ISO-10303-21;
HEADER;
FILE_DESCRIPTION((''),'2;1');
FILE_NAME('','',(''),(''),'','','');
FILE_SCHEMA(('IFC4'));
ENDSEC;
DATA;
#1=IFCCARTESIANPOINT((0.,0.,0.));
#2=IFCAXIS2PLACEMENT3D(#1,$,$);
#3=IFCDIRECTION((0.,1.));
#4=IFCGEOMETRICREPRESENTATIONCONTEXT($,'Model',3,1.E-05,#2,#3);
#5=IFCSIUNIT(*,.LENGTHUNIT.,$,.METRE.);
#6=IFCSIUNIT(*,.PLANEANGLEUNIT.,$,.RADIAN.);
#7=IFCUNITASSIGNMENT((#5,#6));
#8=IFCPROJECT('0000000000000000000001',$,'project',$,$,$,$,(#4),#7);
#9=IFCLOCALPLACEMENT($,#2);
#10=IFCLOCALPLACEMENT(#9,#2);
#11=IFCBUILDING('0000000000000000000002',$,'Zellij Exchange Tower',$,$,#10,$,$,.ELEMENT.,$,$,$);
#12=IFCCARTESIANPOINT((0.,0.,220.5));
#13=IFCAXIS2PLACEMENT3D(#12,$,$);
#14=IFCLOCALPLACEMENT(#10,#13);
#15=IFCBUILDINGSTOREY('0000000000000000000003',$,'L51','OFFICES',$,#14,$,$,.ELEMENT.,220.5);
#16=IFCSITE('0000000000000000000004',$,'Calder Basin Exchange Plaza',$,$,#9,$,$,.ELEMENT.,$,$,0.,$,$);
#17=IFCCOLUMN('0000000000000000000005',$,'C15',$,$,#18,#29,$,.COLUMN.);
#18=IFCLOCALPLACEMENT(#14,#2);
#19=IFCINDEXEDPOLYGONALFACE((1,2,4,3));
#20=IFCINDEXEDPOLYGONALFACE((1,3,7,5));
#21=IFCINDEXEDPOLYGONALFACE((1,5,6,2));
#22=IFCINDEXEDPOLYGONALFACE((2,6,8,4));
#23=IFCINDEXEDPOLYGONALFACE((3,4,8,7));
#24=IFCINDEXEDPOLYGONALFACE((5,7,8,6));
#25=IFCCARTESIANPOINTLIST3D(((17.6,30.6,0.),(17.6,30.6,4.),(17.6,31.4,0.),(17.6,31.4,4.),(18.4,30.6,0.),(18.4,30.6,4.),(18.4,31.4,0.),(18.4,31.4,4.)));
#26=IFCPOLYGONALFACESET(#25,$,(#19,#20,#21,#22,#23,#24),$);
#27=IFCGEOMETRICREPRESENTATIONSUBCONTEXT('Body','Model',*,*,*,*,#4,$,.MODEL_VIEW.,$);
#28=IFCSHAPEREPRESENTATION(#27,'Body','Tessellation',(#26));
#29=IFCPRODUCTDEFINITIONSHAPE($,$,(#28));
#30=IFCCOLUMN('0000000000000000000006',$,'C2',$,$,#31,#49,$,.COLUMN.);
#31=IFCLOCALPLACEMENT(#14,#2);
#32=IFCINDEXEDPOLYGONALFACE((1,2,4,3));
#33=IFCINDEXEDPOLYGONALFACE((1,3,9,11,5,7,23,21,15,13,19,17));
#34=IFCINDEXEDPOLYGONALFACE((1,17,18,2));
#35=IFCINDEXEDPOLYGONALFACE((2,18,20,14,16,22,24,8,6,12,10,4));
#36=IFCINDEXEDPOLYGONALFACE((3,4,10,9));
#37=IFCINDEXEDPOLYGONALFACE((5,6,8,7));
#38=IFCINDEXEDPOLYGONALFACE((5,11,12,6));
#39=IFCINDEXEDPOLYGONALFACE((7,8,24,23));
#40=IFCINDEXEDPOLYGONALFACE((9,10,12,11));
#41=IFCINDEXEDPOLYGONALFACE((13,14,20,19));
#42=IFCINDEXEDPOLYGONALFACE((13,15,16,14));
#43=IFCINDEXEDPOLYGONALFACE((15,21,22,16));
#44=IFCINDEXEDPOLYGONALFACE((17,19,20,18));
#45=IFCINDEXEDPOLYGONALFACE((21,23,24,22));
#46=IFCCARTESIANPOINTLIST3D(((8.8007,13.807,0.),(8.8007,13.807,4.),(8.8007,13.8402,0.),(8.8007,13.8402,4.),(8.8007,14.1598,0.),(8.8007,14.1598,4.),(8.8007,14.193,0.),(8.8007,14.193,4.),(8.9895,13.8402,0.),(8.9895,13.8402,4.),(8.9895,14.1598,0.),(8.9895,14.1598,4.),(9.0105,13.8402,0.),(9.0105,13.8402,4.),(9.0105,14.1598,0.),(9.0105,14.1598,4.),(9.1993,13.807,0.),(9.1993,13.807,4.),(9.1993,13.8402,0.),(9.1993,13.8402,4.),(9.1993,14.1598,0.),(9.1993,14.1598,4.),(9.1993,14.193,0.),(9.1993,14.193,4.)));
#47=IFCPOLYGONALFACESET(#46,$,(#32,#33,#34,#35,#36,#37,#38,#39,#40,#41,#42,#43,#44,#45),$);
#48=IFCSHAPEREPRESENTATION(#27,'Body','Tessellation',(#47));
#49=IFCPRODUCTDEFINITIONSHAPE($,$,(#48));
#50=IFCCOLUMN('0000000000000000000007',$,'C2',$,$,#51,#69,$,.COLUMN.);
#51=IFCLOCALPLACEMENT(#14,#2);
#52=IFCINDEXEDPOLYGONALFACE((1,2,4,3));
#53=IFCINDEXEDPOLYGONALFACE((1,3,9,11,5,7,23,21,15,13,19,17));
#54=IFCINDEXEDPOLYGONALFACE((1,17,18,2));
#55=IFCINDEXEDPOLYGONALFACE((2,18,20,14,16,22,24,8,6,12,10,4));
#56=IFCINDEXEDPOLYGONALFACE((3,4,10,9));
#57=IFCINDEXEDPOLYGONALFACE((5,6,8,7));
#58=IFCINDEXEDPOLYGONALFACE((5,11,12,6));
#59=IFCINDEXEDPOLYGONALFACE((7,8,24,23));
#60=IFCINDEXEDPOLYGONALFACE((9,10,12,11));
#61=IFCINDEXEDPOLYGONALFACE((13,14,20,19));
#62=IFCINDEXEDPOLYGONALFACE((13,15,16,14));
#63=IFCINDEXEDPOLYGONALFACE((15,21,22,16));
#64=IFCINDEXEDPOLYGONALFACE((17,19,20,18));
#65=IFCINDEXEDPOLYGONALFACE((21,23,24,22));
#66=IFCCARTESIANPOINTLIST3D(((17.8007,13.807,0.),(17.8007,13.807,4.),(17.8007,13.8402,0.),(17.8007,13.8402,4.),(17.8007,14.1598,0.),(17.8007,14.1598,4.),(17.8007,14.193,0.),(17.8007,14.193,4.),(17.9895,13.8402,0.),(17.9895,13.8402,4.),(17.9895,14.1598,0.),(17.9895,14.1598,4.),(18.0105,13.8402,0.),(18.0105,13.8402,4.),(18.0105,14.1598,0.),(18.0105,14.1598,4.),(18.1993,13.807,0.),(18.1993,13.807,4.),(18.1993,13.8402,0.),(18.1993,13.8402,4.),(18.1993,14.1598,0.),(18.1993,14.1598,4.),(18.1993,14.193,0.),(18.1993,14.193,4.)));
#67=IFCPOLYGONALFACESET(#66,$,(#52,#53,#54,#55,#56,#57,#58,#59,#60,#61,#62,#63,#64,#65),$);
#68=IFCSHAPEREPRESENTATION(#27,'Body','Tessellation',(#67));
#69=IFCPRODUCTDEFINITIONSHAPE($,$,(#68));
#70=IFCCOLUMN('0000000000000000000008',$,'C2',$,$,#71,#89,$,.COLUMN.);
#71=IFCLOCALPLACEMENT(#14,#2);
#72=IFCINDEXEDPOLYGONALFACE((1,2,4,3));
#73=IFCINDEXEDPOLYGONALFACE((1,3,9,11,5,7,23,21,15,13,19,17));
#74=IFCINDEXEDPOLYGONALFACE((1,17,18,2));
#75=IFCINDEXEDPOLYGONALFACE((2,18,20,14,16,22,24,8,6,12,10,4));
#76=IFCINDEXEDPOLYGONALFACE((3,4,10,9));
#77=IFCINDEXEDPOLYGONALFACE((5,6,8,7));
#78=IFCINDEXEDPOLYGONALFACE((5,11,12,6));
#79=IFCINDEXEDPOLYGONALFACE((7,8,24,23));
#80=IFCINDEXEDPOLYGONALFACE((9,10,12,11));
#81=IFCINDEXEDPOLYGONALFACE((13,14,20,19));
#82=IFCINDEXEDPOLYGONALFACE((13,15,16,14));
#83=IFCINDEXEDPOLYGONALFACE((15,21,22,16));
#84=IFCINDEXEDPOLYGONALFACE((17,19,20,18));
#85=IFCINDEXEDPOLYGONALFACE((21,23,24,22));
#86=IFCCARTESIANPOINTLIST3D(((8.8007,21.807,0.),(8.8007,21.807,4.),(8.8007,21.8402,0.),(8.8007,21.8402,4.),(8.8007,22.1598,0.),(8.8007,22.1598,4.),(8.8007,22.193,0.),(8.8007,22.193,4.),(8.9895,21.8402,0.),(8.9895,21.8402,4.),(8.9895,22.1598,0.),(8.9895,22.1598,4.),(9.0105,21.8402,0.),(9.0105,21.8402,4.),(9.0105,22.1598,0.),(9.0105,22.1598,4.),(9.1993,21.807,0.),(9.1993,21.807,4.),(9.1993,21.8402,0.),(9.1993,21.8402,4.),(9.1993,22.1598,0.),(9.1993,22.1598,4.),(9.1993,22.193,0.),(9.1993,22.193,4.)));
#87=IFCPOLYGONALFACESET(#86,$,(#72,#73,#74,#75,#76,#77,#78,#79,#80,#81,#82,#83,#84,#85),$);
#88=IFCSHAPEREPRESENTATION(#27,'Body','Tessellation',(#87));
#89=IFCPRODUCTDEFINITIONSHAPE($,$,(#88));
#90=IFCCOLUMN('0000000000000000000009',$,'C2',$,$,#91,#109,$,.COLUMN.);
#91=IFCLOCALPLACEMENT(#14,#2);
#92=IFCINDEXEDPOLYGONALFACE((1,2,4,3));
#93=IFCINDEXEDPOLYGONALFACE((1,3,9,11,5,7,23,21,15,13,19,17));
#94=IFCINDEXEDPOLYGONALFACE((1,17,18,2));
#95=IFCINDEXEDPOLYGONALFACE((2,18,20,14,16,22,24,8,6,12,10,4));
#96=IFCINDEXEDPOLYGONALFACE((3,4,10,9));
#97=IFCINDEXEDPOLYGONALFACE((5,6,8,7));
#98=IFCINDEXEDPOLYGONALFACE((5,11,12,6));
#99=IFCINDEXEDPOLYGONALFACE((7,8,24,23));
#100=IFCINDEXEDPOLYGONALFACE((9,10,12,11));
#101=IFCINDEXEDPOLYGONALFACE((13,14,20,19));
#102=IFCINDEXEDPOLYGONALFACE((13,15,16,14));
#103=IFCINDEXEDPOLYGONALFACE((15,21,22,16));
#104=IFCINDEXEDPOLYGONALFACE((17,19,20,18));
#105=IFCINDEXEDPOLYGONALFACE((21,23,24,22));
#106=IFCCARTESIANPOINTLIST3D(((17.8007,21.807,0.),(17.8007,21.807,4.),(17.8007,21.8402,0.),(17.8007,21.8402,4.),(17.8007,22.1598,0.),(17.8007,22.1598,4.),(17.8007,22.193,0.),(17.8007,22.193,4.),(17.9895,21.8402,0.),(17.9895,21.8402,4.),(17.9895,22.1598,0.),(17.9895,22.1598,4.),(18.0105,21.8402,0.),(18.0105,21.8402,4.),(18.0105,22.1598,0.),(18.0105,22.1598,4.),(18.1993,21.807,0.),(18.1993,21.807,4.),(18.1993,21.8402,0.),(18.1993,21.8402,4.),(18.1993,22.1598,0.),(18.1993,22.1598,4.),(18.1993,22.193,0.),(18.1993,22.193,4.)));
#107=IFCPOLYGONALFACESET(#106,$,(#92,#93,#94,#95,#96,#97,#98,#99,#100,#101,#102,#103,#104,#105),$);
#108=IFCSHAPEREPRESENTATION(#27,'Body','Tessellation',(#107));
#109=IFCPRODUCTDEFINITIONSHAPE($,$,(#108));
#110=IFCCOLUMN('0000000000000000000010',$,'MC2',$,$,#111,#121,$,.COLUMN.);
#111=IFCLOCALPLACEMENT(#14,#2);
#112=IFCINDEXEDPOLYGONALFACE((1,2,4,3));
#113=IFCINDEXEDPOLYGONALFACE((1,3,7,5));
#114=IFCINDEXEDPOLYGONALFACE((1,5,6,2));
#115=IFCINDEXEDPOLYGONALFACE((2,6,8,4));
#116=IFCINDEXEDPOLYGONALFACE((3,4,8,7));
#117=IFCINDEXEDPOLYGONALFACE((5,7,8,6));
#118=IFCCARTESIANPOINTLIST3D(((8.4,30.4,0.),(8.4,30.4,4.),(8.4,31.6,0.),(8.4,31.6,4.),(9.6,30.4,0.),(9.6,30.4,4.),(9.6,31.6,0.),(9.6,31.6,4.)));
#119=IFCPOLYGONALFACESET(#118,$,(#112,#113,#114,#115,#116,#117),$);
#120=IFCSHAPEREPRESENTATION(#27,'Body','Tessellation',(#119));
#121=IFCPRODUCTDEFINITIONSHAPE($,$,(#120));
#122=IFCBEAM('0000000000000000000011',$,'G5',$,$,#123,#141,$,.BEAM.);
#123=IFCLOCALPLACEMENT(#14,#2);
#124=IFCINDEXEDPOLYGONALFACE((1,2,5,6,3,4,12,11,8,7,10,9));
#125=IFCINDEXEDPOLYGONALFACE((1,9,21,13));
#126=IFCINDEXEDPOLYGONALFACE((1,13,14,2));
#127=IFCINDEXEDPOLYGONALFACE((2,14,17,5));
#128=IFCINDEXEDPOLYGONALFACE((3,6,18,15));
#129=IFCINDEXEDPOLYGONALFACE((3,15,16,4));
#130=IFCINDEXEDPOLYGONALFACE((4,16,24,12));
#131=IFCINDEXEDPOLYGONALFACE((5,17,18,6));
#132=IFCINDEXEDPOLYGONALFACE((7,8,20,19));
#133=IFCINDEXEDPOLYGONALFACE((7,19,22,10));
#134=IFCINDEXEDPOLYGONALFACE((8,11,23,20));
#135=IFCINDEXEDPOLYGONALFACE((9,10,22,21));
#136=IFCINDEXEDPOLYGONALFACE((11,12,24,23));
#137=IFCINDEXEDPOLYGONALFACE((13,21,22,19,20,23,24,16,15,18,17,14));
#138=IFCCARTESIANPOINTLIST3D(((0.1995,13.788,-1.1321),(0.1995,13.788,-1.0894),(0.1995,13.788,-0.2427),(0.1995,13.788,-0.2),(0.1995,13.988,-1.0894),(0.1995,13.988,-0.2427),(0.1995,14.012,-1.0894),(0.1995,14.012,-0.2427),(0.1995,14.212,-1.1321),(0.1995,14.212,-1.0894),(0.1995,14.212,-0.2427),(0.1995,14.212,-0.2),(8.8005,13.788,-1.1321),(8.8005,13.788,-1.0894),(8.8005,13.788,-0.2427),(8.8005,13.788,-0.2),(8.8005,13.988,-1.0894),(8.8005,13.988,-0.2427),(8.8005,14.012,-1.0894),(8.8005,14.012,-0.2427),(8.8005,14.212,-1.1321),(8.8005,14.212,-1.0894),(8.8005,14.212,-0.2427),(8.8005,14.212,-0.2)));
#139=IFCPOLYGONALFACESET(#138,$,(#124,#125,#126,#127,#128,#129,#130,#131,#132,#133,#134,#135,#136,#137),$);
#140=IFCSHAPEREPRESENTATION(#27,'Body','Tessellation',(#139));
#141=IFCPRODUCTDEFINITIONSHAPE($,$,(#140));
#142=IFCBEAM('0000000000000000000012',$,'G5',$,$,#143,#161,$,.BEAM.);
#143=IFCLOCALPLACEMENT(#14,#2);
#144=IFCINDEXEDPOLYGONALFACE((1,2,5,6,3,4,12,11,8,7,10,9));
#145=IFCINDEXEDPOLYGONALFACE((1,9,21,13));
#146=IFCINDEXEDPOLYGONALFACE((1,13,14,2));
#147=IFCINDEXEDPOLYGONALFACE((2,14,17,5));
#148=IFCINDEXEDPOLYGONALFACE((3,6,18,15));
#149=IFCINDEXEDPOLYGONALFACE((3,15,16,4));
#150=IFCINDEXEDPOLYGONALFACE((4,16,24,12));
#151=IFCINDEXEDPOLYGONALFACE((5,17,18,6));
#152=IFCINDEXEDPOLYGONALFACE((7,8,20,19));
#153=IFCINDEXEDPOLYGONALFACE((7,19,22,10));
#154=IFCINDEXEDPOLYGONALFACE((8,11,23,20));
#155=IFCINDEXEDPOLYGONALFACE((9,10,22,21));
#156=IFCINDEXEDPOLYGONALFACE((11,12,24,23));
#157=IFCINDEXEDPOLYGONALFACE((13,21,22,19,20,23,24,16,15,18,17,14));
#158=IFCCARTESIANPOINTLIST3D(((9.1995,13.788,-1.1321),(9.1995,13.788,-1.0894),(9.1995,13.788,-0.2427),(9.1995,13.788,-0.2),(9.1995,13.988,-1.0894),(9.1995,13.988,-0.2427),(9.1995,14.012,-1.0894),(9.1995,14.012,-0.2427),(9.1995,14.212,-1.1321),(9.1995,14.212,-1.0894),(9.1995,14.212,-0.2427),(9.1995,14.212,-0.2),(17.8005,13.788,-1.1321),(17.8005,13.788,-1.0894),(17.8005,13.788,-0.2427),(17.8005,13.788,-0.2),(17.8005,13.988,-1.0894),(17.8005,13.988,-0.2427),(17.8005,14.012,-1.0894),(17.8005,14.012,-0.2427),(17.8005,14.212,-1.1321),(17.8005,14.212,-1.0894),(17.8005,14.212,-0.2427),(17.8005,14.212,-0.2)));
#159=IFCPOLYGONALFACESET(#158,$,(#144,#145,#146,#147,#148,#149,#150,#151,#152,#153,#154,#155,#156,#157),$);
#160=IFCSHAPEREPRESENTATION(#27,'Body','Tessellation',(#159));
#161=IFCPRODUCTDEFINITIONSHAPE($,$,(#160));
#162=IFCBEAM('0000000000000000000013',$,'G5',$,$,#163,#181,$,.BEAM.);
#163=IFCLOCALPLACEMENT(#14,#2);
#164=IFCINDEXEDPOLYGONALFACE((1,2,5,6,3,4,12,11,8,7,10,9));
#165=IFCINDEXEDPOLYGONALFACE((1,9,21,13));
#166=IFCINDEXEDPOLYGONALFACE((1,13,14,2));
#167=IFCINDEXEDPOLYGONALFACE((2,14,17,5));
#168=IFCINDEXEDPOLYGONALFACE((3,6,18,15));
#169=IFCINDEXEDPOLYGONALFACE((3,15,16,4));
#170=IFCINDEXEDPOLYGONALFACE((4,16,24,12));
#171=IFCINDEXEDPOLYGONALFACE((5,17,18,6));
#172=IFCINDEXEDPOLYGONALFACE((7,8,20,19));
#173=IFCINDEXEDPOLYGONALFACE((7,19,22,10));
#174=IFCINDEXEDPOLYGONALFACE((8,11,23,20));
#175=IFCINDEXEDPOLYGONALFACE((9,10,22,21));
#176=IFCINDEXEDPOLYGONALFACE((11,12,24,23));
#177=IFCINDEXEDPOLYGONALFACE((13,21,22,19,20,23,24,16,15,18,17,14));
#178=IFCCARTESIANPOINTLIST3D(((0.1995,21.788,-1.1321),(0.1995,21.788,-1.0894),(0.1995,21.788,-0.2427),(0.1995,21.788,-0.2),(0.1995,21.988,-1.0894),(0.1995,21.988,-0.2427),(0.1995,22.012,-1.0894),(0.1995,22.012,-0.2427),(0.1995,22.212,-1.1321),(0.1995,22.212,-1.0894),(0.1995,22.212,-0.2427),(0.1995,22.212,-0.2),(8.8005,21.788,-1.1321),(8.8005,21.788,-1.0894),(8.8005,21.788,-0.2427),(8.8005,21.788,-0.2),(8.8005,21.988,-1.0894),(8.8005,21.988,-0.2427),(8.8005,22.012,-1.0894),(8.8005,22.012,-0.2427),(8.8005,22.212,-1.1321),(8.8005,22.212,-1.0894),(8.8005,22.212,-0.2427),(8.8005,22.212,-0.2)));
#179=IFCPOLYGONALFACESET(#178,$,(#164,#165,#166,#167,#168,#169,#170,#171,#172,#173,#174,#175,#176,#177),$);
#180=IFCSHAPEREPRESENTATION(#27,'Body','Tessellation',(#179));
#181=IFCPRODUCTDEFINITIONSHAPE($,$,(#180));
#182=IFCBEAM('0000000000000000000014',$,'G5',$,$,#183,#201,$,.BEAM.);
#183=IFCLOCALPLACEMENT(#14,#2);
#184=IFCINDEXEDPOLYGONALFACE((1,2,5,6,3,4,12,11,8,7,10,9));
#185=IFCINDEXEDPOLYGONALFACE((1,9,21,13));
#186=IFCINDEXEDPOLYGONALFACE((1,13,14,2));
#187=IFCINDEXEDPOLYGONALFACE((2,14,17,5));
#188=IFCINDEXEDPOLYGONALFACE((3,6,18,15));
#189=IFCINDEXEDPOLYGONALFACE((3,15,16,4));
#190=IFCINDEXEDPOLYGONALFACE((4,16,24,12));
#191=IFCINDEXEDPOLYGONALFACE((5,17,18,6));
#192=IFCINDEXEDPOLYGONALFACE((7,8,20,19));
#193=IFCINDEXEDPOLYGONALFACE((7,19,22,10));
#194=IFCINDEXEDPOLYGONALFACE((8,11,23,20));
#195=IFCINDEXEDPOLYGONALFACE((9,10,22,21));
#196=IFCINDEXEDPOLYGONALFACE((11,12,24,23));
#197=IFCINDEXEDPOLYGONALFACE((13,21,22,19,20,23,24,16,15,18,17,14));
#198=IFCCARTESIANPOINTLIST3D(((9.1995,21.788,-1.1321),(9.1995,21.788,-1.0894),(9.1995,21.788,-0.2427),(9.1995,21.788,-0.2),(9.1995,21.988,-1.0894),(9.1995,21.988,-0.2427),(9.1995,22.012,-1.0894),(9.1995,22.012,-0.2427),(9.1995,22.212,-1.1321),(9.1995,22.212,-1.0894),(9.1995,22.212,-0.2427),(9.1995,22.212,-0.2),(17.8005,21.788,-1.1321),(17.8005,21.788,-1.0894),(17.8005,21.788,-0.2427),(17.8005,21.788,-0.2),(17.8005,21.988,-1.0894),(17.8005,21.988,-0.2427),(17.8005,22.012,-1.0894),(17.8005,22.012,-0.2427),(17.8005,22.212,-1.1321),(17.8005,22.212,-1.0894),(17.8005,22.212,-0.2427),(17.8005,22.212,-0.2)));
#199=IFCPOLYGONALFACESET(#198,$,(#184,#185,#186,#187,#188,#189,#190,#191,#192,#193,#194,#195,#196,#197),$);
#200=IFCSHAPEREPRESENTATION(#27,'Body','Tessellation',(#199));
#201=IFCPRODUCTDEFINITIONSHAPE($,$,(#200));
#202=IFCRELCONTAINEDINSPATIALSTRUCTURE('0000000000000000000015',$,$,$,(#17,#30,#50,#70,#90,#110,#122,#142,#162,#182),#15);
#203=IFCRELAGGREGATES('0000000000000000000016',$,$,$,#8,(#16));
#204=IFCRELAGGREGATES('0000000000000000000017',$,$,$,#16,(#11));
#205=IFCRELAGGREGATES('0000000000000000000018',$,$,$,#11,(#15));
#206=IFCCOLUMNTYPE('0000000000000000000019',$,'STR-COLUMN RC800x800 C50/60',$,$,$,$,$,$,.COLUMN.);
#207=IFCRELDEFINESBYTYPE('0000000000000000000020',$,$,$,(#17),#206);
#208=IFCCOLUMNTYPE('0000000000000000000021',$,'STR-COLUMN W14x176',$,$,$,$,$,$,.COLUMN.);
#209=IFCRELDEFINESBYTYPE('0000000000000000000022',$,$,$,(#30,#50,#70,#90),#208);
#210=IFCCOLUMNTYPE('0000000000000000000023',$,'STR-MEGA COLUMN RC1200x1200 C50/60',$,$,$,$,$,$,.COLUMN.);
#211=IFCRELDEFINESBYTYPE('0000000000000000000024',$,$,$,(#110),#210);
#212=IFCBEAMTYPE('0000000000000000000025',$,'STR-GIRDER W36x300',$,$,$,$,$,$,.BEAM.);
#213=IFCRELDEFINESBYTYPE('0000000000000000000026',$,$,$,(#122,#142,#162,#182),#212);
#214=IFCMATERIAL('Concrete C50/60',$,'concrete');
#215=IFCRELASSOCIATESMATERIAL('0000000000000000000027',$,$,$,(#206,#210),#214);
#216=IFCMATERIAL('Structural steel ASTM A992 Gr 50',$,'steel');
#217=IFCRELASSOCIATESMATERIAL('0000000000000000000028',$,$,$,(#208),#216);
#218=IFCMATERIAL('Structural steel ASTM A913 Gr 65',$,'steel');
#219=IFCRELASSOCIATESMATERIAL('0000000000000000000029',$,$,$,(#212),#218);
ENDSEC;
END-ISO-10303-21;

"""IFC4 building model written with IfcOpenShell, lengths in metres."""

from ifc_helpers import new_model, si_unit, direction, frame, origin, origin_2d, place, context, subcontext, project, spatial, rectangle, i_section, extrude, material, material_profile, profile_set, type_object, element, save


model = new_model("IFC4")

# Units and contexts
model_context = context("Model", 3, precision=1e-05, world=origin(), true_north=direction((0.0, 1.0)))
body_context = subcontext(model_context, "Body", "Model", "MODEL_VIEW")
ifc_project = project(units=[si_unit("LENGTHUNIT", "METRE"), si_unit("PLANEANGLEUNIT", "RADIAN")], contexts=[model_context])

# Site, building, storey
site_placement = place(None, origin())
site = spatial("IfcSite", under=ifc_project, at=site_placement, Name="Calder Basin Exchange Plaza", CompositionType="ELEMENT", RefElevation=0.0)
building_placement = place(site_placement, origin())
building = spatial("IfcBuilding", under=site, at=building_placement, Name="Zellij Exchange Tower", CompositionType="ELEMENT")
storey_placement = place(building_placement, frame((0.0, 0.0, 220.5)))
storey = spatial("IfcBuildingStorey", under=building, at=storey_placement, Name="L51", Description="OFFICES", CompositionType="ELEMENT", Elevation=220.5)

# Columns
ifc_material_1 = material(Name="Concrete C50/60", Category="concrete")
ifc_material_profile_1 = material_profile(ifc_material_1, rectangle(XDim=0.8, YDim=0.8, at=origin_2d()), Name="STR-COLUMN RC800x800 C50/60")
ifc_profile_set_1 = profile_set([ifc_material_profile_1], Name="Concrete C50/60")
column_type_1 = type_object("IfcColumnType", Name="STR-COLUMN RC800x800 C50/60", PredefinedType="COLUMN", material=ifc_profile_set_1)
column_1_placement = place(storey_placement, frame((18.0, 31.0, 0.0), z_axis=(0.0, 0.0, 1.0), x_axis=(1.0, 0.0, 0.0)))
element("IfcColumn", 1, at=column_1_placement, inside=storey, type_object=column_type_1, Name="C15", PredefinedType="COLUMN", context=body_context, shape_type="SweptSolid", body=[
    extrude(rectangle(XDim=0.8, YDim=0.8, at=origin_2d()), origin(), (0.0, 0.0, 1.0), 4.0),
])
ifc_material_2 = material(Name="Structural steel ASTM A992 Gr 50", Category="steel")
ifc_material_profile_2 = material_profile(ifc_material_2, i_section(OverallWidth=0.3987, OverallDepth=0.386, WebThickness=0.021, FlangeThickness=0.0332, at=origin_2d()), Name="W14x176")
ifc_profile_set_2 = profile_set([ifc_material_profile_2], Name="Structural steel ASTM A992 Gr 50")
column_type_2 = type_object("IfcColumnType", Name="STR-COLUMN W14x176", PredefinedType="COLUMN", material=ifc_profile_set_2)
for number, where, z_axis, x_axis, name in (
    (2, (9.0, 14.0, 0.0), (0.0, 0.0, 1.0), (1.0, 0.0, 0.0), "C2"),
    (3, (18.0, 14.0, 0.0), (0.0, 0.0, 1.0), (1.0, 0.0, 0.0), "C2"),
    (4, (9.0, 22.0, 0.0), (0.0, 0.0, 1.0), (1.0, 0.0, 0.0), "C2"),
    (5, (18.0, 22.0, 0.0), (0.0, 0.0, 1.0), (1.0, 0.0, 0.0), "C2"),
):
    element("IfcColumn", number, at=place(storey_placement, frame(where, z_axis=z_axis, x_axis=x_axis)), inside=storey, type_object=column_type_2, Name=name, PredefinedType="COLUMN", context=body_context, shape_type="SweptSolid", body=[
        extrude(i_section(OverallWidth=0.3987, OverallDepth=0.386, WebThickness=0.021, FlangeThickness=0.0332, at=origin_2d()), origin(), (0.0, 0.0, 1.0), 4.0),
    ])
ifc_material_profile_3 = material_profile(ifc_material_1, rectangle(XDim=1.2, YDim=1.2, at=origin_2d()), Name="STR-MEGA COLUMN RC1200x1200 C50/60")
ifc_profile_set_3 = profile_set([ifc_material_profile_3], Name="Concrete C50/60")
column_type_3 = type_object("IfcColumnType", Name="STR-MEGA COLUMN RC1200x1200 C50/60", PredefinedType="COLUMN", material=ifc_profile_set_3)
column_2_placement = place(storey_placement, frame((9.0, 31.0, 0.0), z_axis=(0.0, 0.0, 1.0), x_axis=(1.0, 0.0, 0.0)))
element("IfcColumn", 6, at=column_2_placement, inside=storey, type_object=column_type_3, Name="MC2", PredefinedType="COLUMN", context=body_context, shape_type="SweptSolid", body=[
    extrude(rectangle(XDim=1.2, YDim=1.2, at=origin_2d()), origin(), (0.0, 0.0, 1.0), 4.0),
])

# Beams
ifc_material_3 = material(Name="Structural steel ASTM A913 Gr 65", Category="steel")
ifc_material_profile_4 = material_profile(ifc_material_3, i_section(OverallWidth=0.4241, OverallDepth=0.9321, WebThickness=0.0239, FlangeThickness=0.0427, at=origin_2d()), Name="W36x300")
ifc_profile_set_4 = profile_set([ifc_material_profile_4], Name="Structural steel ASTM A913 Gr 65")
beam_type = type_object("IfcBeamType", Name="STR-GIRDER W36x300", PredefinedType="BEAM", material=ifc_profile_set_4)
for number, where, z_axis, x_axis, name in (
    (7, (0.1995, 14.0, -0.666), (1.0, 0.0, 0.0), (0.0, 1.0, 0.0), "G5"),
    (8, (9.1995, 14.0, -0.666), (1.0, 0.0, 0.0), (0.0, 1.0, 0.0), "G5"),
    (9, (0.1995, 22.0, -0.666), (1.0, 0.0, 0.0), (0.0, 1.0, 0.0), "G5"),
    (10, (9.1995, 22.0, -0.666), (1.0, 0.0, 0.0), (0.0, 1.0, 0.0), "G5"),
):
    element("IfcBeam", number, at=place(storey_placement, frame(where, z_axis=z_axis, x_axis=x_axis)), inside=storey, type_object=beam_type, Name=name, PredefinedType="BEAM", context=body_context, shape_type="SweptSolid", body=[
        extrude(i_section(OverallWidth=0.4241, OverallDepth=0.9321, WebThickness=0.0239, FlangeThickness=0.0427, at=origin_2d()), origin(), (0.0, 0.0, 1.0), 8.6011),
    ])

save(model, "model.ifc")
